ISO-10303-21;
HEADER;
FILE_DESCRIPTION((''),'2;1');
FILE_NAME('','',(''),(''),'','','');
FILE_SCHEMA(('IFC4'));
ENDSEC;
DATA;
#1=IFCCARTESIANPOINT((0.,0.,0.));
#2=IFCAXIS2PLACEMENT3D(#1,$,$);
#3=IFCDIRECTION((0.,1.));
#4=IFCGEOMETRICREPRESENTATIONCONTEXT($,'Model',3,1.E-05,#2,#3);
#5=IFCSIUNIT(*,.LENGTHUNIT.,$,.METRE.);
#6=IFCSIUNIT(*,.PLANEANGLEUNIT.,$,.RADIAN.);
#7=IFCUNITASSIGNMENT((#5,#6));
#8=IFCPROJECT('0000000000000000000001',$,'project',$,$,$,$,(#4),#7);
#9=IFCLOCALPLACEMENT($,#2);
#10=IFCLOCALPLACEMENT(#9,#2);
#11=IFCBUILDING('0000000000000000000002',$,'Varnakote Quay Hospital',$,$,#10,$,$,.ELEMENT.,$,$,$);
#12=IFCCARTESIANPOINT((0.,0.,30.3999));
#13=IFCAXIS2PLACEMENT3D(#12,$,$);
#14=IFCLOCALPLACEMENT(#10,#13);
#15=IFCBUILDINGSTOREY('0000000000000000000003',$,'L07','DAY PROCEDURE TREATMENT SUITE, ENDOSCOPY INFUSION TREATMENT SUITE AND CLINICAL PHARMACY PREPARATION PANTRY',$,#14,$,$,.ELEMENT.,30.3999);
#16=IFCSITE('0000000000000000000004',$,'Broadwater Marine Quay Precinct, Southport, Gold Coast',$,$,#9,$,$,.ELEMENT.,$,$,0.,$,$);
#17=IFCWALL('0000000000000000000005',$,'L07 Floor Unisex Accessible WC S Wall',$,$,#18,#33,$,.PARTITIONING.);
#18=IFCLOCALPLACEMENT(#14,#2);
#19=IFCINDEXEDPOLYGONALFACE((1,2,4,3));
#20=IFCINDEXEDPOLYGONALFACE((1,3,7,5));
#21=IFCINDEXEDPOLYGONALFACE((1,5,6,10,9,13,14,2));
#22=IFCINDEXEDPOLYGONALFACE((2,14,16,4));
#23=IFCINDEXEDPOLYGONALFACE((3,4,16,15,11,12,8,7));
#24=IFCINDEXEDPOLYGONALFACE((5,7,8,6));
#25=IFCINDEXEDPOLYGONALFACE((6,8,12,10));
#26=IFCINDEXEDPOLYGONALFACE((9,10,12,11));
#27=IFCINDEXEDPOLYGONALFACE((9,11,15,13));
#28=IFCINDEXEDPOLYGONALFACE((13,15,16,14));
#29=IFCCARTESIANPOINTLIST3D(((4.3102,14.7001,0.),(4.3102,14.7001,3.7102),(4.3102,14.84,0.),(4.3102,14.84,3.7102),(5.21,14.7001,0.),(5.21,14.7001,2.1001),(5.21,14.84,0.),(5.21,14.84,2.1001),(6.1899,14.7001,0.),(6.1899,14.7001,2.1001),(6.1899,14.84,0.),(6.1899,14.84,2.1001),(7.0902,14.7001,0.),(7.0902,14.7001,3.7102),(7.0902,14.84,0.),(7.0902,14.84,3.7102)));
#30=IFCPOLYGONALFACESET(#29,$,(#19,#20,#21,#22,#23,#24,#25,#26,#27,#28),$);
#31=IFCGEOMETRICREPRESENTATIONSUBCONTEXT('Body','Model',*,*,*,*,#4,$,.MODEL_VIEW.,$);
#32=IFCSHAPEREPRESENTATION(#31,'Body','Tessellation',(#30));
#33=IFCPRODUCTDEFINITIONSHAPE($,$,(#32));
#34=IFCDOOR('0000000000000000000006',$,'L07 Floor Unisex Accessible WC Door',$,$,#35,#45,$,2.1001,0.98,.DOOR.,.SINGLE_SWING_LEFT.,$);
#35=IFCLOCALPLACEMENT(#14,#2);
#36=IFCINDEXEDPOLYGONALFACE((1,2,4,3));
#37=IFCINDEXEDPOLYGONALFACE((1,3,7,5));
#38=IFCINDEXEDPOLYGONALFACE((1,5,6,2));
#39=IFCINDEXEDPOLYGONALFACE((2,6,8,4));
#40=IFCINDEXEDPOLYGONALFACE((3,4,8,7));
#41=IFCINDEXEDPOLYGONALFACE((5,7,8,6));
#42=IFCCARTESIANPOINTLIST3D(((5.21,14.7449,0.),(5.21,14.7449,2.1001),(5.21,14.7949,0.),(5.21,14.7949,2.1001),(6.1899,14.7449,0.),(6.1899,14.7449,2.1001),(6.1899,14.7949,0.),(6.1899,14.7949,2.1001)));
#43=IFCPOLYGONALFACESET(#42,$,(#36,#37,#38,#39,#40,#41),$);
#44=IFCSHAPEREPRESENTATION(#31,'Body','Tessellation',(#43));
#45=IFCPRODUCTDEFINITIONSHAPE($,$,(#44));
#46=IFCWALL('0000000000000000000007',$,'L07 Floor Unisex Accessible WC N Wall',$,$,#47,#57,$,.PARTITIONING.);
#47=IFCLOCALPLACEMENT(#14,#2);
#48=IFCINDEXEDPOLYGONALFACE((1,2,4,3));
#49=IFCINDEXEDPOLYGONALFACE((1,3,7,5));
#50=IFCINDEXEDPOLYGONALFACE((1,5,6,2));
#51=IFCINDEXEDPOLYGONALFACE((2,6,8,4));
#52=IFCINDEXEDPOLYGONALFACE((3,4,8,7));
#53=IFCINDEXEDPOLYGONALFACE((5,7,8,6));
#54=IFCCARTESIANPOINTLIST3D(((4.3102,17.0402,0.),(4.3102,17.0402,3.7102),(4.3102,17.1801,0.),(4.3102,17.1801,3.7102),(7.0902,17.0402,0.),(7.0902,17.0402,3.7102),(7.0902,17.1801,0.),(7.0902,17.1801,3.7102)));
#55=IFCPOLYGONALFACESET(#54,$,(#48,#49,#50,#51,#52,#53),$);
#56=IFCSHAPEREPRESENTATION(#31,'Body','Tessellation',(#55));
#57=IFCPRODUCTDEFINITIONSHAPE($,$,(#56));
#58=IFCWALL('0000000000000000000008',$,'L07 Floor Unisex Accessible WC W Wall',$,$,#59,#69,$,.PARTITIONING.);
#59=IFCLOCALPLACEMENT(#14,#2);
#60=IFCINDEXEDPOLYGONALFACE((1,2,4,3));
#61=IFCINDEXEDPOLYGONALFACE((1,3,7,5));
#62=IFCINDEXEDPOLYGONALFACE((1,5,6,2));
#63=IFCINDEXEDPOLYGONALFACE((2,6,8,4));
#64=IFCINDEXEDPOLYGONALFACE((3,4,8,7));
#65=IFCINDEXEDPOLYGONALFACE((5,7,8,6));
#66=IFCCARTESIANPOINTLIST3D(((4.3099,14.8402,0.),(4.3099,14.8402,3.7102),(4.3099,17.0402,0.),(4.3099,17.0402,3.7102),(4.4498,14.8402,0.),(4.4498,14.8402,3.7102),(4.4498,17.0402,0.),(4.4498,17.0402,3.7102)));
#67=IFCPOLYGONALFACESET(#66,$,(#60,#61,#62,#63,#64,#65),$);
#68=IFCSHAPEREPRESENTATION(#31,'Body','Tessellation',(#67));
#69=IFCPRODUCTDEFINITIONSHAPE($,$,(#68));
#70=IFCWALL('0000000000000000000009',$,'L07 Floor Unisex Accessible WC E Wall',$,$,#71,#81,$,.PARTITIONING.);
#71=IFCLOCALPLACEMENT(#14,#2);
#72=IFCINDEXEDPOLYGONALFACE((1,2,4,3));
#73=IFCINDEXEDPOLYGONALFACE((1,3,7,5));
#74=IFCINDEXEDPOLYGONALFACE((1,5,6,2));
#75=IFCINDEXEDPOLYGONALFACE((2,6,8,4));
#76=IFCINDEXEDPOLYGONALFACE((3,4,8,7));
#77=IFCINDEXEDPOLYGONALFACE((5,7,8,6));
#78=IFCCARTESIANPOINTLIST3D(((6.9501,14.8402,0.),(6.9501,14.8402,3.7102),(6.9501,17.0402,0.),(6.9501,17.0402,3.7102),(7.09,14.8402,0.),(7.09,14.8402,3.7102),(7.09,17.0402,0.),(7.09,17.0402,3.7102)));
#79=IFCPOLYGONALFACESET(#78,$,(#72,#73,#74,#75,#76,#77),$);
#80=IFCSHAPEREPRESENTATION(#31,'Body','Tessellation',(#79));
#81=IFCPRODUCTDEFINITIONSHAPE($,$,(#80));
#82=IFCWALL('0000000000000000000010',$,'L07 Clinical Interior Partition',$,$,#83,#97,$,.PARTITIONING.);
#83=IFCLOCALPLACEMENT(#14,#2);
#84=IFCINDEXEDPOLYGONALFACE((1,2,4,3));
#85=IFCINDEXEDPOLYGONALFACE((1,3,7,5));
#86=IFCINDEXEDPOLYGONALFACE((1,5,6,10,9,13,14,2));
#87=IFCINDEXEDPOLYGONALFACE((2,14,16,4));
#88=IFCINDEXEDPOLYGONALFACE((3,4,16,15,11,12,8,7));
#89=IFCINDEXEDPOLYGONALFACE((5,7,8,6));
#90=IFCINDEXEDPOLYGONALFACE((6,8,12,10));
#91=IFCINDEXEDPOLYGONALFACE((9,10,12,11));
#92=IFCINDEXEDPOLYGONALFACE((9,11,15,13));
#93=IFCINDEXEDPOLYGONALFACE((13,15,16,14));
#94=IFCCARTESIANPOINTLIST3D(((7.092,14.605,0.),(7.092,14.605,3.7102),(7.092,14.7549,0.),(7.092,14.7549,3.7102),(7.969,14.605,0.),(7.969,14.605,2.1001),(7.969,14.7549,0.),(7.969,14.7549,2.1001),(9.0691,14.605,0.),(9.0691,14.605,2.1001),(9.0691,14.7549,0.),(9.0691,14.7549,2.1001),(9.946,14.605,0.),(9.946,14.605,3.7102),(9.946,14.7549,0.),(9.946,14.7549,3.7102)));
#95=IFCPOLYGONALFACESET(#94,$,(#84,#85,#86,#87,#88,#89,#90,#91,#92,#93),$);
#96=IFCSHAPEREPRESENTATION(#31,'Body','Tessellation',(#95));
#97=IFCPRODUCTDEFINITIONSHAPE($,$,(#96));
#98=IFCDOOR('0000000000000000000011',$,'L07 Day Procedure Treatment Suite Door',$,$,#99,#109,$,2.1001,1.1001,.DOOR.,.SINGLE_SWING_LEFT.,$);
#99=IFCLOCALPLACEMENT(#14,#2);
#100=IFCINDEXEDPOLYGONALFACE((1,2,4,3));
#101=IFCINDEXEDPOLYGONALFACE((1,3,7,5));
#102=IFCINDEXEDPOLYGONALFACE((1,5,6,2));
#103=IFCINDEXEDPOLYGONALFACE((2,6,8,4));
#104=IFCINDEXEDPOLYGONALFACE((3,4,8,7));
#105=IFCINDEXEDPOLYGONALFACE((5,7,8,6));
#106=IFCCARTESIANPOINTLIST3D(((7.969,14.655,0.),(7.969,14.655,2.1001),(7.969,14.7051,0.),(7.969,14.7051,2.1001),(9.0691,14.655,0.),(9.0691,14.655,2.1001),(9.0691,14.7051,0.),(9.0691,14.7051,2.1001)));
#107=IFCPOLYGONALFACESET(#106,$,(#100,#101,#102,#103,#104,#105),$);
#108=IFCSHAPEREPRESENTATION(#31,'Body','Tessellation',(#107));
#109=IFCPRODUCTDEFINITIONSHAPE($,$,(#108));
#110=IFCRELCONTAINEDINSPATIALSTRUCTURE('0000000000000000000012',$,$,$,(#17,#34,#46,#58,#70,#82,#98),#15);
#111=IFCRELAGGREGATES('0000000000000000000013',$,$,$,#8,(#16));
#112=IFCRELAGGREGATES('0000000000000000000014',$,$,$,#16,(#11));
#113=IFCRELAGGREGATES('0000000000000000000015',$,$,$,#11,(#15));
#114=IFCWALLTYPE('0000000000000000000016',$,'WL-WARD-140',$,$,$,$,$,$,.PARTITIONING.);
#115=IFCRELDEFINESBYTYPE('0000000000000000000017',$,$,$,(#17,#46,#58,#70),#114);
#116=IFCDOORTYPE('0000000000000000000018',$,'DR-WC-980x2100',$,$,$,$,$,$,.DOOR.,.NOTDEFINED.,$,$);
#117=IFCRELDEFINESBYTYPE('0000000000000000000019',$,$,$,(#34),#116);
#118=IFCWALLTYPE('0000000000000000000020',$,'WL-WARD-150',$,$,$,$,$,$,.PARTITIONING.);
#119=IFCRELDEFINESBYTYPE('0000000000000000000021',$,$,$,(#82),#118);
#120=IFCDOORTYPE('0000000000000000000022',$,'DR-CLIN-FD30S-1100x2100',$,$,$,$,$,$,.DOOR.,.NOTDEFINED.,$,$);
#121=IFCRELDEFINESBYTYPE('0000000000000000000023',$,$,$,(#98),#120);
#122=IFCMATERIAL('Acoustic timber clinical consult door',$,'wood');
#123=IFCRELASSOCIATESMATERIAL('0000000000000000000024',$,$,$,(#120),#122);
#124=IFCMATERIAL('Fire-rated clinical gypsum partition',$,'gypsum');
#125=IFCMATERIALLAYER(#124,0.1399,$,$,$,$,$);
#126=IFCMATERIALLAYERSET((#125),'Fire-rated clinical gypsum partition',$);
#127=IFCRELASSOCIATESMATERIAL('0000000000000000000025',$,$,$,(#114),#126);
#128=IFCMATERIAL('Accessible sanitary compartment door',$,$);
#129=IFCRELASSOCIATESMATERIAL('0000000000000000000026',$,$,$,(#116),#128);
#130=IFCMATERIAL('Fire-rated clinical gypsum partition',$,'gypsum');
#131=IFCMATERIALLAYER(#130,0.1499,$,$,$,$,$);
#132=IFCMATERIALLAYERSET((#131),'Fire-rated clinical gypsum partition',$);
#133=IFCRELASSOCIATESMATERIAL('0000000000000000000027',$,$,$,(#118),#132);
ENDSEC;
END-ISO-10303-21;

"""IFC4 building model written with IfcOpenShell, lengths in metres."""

from ifc_helpers import new_model, si_unit, direction, frame, frame_2d, origin, place, context, subcontext, project, spatial, rectangle, extrude, material, layer, layer_set, type_object, element, fill, save


model = new_model("IFC4")

# Units and contexts
model_context = context("Model", 3, precision=1e-05, world=origin(), true_north=direction((0.0, 1.0)))
body_context = subcontext(model_context, "Body", "Model", "MODEL_VIEW")
ifc_project = project(units=[si_unit("LENGTHUNIT", "METRE"), si_unit("PLANEANGLEUNIT", "RADIAN")], contexts=[model_context])

# Site, building, storey
site_placement = place(None, origin())
site = spatial("IfcSite", under=ifc_project, at=site_placement, Name="Broadwater Marine Quay Precinct, Southport, Gold Coast", CompositionType="ELEMENT", RefElevation=0.0)
building_placement = place(site_placement, origin())
building = spatial("IfcBuilding", under=site, at=building_placement, Name="Varnakote Quay Hospital", CompositionType="ELEMENT")
storey_placement = place(building_placement, frame((0.0, 0.0, 30.3999)))
storey = spatial("IfcBuildingStorey", under=building, at=storey_placement, Name="L07", Description="DAY PROCEDURE TREATMENT SUITE, ENDOSCOPY INFUSION TREATMENT SUITE AND CLINICAL PHARMACY PREPARATION PANTRY", CompositionType="ELEMENT", Elevation=30.3999)

# Wall, opening, door
ifc_material_1 = material(Name="Acoustic timber clinical consult door", Category="wood")
door_type_1 = type_object("IfcDoorType", Name="DR-CLIN-FD30S-1100x2100", OperationType="NOTDEFINED", PredefinedType="DOOR", material=ifc_material_1)
ifc_material_2 = material(Name="Fire-rated clinical gypsum partition", Category="gypsum")
ifc_layer_1 = layer(ifc_material_2, 0.1399)
ifc_layer_set_1 = layer_set([ifc_layer_1], Name="Fire-rated clinical gypsum partition")
wall_type_1 = type_object("IfcWallType", Name="WL-WARD-140", PredefinedType="PARTITIONING", material=ifc_layer_set_1)
wall_1_placement = place(storey_placement, frame((4.3101, 14.77, 0.0), z_axis=(0.0, 0.0, 1.0), x_axis=(1.0, 0.0, 0.0)))
wall_1 = element("IfcWall", 1, at=wall_1_placement, inside=storey, type_object=wall_type_1, Name="L07 Floor Unisex Accessible WC S Wall", PredefinedType="PARTITIONING", context=body_context, shape_type="SweptSolid", body=[
    extrude(rectangle(XDim=2.78, YDim=0.1399, at=frame_2d((1.3901, 0.0))), origin(), (0.0, 0.0, 1.0), 3.7102),
])
opening_1_placement = place(wall_1_placement, frame((0.8999, 0.0, 0.0)))
opening_1 = element("IfcOpeningElement", 2, at=opening_1_placement, cuts=wall_1, PredefinedType="OPENING", context=body_context, shape_type="SweptSolid", body=[
    extrude(rectangle(XDim=0.98, YDim=2.1001, at=frame_2d((0.49, 1.05))), frame((0.0, 0.0798, 0.0), z_axis=(0.0, -1.0, 0.0), x_axis=(1.0, 0.0, 0.0)), (0.0, 0.0, 1.0), 0.1599),
])
ifc_material_3 = material(Name="Accessible sanitary compartment door")
door_type_2 = type_object("IfcDoorType", Name="DR-WC-980x2100", OperationType="NOTDEFINED", PredefinedType="DOOR", material=ifc_material_3)
door_1_placement = place(opening_1_placement, origin())
door_1 = element("IfcDoor", 3, at=door_1_placement, inside=storey, type_object=door_type_2, Name="L07 Floor Unisex Accessible WC Door", OperationType="SINGLE_SWING_LEFT", OverallHeight=2.1001, OverallWidth=0.98, PredefinedType="DOOR", context=body_context, shape_type="SweptSolid", body=[
    extrude(rectangle(XDim=0.98, YDim=2.1001, at=frame_2d((0.49, 1.05))), frame((0.0, 0.0249, 0.0), z_axis=(0.0, -1.0, 0.0), x_axis=(1.0, 0.0, 0.0)), (0.0, 0.0, 1.0), 0.05),
])
fill(opening_1, door_1)

# Walls
wall_2_placement = place(storey_placement, frame((4.3101, 17.1101, 0.0), z_axis=(0.0, 0.0, 1.0), x_axis=(1.0, 0.0, 0.0)))
element("IfcWall", 4, at=wall_2_placement, inside=storey, type_object=wall_type_1, Name="L07 Floor Unisex Accessible WC N Wall", PredefinedType="PARTITIONING", context=body_context, shape_type="SweptSolid", body=[
    extrude(rectangle(XDim=2.78, YDim=0.1399, at=frame_2d((1.3901, 0.0))), origin(), (0.0, 0.0, 1.0), 3.7102),
])
for number, where, z_axis, x_axis, name in (
    (5, (4.3799, 14.8401, 0.0), (0.0, 0.0, 1.0), (0.0, 1.0, 0.0), "L07 Floor Unisex Accessible WC W Wall"),
    (6, (7.02, 14.8401, 0.0), (0.0, 0.0, 1.0), (0.0, 1.0, 0.0), "L07 Floor Unisex Accessible WC E Wall"),
):
    element("IfcWall", number, at=place(storey_placement, frame(where, z_axis=z_axis, x_axis=x_axis)), inside=storey, type_object=wall_type_1, Name=name, PredefinedType="PARTITIONING", context=body_context, shape_type="SweptSolid", body=[
        extrude(rectangle(XDim=2.2, YDim=0.1399, at=frame_2d((1.1001, 0.0))), origin(), (0.0, 0.0, 1.0), 3.7102),
    ])

# Wall, opening, door
ifc_material_4 = material(Name="Fire-rated clinical gypsum partition", Category="gypsum")
ifc_layer_2 = layer(ifc_material_4, 0.1499)
ifc_layer_set_2 = layer_set([ifc_layer_2], Name="Fire-rated clinical gypsum partition")
wall_type_2 = type_object("IfcWallType", Name="WL-WARD-150", PredefinedType="PARTITIONING", material=ifc_layer_set_2)
wall_3_placement = place(storey_placement, frame((9.946, 14.6799, 0.0), z_axis=(0.0, 0.0, 1.0), x_axis=(-1.0, 0.0, 0.0)))
wall_3 = element("IfcWall", 7, at=wall_3_placement, inside=storey, type_object=wall_type_2, Name="L07 Clinical Interior Partition", PredefinedType="PARTITIONING", context=body_context, shape_type="SweptSolid", body=[
    extrude(rectangle(XDim=2.854, YDim=0.1499, at=frame_2d((1.427, 0.0))), origin(), (0.0, 0.0, 1.0), 3.7102),
])
opening_2_placement = place(wall_3_placement, frame((0.877, 0.0, 0.0)))
opening_2 = element("IfcOpeningElement", 8, at=opening_2_placement, cuts=wall_3, PredefinedType="OPENING", context=body_context, shape_type="SweptSolid", body=[
    extrude(rectangle(XDim=1.1001, YDim=2.1001, at=frame_2d((0.55, 1.05))), frame((0.0, 0.085, 0.0), z_axis=(0.0, -1.0, 0.0), x_axis=(1.0, 0.0, 0.0)), (0.0, 0.0, 1.0), 0.1699),
])
door_2_placement = place(opening_2_placement, origin())
door_2 = element("IfcDoor", 9, at=door_2_placement, inside=storey, type_object=door_type_1, Name="L07 Day Procedure Treatment Suite Door", OperationType="SINGLE_SWING_LEFT", OverallHeight=2.1001, OverallWidth=1.1001, PredefinedType="DOOR", context=body_context, shape_type="SweptSolid", body=[
    extrude(rectangle(XDim=1.1001, YDim=2.1001, at=frame_2d((0.55, 1.05))), frame((0.0, 0.0249, 0.0), z_axis=(0.0, -1.0, 0.0), x_axis=(1.0, 0.0, 0.0)), (0.0, 0.0, 1.0), 0.05),
])
fill(opening_2, door_2)

save(model, "model.ifc")
